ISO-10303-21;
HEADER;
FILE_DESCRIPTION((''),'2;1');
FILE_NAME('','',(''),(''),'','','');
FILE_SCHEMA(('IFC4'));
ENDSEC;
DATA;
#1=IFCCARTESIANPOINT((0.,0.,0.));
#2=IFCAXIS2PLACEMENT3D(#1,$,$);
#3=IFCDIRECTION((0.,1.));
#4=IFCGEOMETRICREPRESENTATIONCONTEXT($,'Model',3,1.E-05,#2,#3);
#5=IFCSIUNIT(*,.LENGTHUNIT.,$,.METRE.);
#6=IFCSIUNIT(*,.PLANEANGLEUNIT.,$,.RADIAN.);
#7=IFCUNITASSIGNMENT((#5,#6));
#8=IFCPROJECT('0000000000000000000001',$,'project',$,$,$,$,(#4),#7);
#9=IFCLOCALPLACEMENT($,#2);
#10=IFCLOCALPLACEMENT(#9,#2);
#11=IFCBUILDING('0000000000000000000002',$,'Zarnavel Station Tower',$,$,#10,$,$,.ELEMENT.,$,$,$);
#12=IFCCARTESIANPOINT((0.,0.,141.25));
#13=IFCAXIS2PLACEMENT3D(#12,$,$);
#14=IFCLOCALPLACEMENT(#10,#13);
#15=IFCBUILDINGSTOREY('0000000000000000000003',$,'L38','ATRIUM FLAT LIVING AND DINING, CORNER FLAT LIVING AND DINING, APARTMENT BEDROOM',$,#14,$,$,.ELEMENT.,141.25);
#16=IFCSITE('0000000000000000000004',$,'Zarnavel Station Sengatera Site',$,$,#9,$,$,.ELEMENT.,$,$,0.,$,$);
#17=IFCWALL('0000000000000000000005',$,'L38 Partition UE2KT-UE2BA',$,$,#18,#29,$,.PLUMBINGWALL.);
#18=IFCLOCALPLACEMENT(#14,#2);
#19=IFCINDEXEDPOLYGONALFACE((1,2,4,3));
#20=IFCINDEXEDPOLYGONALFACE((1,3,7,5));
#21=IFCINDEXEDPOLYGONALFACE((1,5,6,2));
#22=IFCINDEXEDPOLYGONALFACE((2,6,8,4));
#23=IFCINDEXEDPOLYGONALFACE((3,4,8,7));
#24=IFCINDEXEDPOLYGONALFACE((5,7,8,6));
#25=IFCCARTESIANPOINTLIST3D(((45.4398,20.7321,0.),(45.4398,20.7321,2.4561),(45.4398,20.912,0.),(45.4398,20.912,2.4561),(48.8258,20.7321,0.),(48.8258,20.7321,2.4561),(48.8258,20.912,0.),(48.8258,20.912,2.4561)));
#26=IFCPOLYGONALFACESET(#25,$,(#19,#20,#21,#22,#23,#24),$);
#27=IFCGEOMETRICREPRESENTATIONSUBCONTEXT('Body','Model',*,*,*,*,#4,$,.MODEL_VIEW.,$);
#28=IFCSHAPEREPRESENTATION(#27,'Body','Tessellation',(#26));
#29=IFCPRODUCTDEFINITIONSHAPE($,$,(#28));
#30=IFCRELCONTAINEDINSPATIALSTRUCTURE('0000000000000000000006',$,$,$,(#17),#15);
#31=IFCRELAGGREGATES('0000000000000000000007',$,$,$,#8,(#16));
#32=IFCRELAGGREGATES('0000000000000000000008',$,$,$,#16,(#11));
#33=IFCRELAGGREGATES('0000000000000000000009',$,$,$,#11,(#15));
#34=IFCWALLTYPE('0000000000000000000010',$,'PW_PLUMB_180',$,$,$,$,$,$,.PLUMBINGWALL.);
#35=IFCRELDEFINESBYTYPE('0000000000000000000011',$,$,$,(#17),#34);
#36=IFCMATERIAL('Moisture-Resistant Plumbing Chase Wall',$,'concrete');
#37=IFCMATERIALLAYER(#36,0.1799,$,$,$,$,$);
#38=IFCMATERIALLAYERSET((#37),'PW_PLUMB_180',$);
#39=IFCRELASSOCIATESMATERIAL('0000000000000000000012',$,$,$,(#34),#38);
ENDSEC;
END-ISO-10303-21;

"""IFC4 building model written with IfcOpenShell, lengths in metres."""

from ifc_helpers import new_model, si_unit, direction, frame, frame_2d, origin, place, context, subcontext, project, spatial, rectangle, extrude, material, layer, layer_set, type_object, element, save


model = new_model("IFC4")

# Units and contexts
model_context = context("Model", 3, precision=1e-05, world=origin(), true_north=direction((0.0, 1.0)))
body_context = subcontext(model_context, "Body", "Model", "MODEL_VIEW")
ifc_project = project(units=[si_unit("LENGTHUNIT", "METRE"), si_unit("PLANEANGLEUNIT", "RADIAN")], contexts=[model_context])

# Site, building, storey
site_placement = place(None, origin())
site = spatial("IfcSite", under=ifc_project, at=site_placement, Name="Zarnavel Station Sengatera Site", CompositionType="ELEMENT", RefElevation=0.0)
building_placement = place(site_placement, origin())
building = spatial("IfcBuilding", under=site, at=building_placement, Name="Zarnavel Station Tower", CompositionType="ELEMENT")
storey_placement = place(building_placement, frame((0.0, 0.0, 141.25)))
storey = spatial("IfcBuildingStorey", under=building, at=storey_placement, Name="L38", Description="ATRIUM FLAT LIVING AND DINING, CORNER FLAT LIVING AND DINING, APARTMENT BEDROOM", CompositionType="ELEMENT", Elevation=141.25)

# Shared definitions
ifc_material_1 = material(Name="Moisture-Resistant Plumbing Chase Wall", Category="concrete")
ifc_layer_1 = layer(ifc_material_1, 0.1799)
ifc_layer_set_1 = layer_set([ifc_layer_1], Name="PW_PLUMB_180")
wall_type_1 = type_object("IfcWallType", Name="PW_PLUMB_180", PredefinedType="PLUMBINGWALL", material=ifc_layer_set_1)

# Wall
wall_1_placement = place(storey_placement, frame((45.4399, 20.822, 0.0), z_axis=(0.0, 0.0, 1.0), x_axis=(1.0, 0.0, 0.0)))
element("IfcWall", 1, at=wall_1_placement, inside=storey, type_object=wall_type_1, Name="L38 Partition UE2KT-UE2BA", PredefinedType="PLUMBINGWALL", context=body_context, shape_type="SweptSolid", body=[
    extrude(rectangle(XDim=3.386, YDim=0.1799, at=frame_2d((1.6929, 0.0))), origin(), (0.0, 0.0, 1.0), 2.4561),
])

save(model, "model.ifc")
